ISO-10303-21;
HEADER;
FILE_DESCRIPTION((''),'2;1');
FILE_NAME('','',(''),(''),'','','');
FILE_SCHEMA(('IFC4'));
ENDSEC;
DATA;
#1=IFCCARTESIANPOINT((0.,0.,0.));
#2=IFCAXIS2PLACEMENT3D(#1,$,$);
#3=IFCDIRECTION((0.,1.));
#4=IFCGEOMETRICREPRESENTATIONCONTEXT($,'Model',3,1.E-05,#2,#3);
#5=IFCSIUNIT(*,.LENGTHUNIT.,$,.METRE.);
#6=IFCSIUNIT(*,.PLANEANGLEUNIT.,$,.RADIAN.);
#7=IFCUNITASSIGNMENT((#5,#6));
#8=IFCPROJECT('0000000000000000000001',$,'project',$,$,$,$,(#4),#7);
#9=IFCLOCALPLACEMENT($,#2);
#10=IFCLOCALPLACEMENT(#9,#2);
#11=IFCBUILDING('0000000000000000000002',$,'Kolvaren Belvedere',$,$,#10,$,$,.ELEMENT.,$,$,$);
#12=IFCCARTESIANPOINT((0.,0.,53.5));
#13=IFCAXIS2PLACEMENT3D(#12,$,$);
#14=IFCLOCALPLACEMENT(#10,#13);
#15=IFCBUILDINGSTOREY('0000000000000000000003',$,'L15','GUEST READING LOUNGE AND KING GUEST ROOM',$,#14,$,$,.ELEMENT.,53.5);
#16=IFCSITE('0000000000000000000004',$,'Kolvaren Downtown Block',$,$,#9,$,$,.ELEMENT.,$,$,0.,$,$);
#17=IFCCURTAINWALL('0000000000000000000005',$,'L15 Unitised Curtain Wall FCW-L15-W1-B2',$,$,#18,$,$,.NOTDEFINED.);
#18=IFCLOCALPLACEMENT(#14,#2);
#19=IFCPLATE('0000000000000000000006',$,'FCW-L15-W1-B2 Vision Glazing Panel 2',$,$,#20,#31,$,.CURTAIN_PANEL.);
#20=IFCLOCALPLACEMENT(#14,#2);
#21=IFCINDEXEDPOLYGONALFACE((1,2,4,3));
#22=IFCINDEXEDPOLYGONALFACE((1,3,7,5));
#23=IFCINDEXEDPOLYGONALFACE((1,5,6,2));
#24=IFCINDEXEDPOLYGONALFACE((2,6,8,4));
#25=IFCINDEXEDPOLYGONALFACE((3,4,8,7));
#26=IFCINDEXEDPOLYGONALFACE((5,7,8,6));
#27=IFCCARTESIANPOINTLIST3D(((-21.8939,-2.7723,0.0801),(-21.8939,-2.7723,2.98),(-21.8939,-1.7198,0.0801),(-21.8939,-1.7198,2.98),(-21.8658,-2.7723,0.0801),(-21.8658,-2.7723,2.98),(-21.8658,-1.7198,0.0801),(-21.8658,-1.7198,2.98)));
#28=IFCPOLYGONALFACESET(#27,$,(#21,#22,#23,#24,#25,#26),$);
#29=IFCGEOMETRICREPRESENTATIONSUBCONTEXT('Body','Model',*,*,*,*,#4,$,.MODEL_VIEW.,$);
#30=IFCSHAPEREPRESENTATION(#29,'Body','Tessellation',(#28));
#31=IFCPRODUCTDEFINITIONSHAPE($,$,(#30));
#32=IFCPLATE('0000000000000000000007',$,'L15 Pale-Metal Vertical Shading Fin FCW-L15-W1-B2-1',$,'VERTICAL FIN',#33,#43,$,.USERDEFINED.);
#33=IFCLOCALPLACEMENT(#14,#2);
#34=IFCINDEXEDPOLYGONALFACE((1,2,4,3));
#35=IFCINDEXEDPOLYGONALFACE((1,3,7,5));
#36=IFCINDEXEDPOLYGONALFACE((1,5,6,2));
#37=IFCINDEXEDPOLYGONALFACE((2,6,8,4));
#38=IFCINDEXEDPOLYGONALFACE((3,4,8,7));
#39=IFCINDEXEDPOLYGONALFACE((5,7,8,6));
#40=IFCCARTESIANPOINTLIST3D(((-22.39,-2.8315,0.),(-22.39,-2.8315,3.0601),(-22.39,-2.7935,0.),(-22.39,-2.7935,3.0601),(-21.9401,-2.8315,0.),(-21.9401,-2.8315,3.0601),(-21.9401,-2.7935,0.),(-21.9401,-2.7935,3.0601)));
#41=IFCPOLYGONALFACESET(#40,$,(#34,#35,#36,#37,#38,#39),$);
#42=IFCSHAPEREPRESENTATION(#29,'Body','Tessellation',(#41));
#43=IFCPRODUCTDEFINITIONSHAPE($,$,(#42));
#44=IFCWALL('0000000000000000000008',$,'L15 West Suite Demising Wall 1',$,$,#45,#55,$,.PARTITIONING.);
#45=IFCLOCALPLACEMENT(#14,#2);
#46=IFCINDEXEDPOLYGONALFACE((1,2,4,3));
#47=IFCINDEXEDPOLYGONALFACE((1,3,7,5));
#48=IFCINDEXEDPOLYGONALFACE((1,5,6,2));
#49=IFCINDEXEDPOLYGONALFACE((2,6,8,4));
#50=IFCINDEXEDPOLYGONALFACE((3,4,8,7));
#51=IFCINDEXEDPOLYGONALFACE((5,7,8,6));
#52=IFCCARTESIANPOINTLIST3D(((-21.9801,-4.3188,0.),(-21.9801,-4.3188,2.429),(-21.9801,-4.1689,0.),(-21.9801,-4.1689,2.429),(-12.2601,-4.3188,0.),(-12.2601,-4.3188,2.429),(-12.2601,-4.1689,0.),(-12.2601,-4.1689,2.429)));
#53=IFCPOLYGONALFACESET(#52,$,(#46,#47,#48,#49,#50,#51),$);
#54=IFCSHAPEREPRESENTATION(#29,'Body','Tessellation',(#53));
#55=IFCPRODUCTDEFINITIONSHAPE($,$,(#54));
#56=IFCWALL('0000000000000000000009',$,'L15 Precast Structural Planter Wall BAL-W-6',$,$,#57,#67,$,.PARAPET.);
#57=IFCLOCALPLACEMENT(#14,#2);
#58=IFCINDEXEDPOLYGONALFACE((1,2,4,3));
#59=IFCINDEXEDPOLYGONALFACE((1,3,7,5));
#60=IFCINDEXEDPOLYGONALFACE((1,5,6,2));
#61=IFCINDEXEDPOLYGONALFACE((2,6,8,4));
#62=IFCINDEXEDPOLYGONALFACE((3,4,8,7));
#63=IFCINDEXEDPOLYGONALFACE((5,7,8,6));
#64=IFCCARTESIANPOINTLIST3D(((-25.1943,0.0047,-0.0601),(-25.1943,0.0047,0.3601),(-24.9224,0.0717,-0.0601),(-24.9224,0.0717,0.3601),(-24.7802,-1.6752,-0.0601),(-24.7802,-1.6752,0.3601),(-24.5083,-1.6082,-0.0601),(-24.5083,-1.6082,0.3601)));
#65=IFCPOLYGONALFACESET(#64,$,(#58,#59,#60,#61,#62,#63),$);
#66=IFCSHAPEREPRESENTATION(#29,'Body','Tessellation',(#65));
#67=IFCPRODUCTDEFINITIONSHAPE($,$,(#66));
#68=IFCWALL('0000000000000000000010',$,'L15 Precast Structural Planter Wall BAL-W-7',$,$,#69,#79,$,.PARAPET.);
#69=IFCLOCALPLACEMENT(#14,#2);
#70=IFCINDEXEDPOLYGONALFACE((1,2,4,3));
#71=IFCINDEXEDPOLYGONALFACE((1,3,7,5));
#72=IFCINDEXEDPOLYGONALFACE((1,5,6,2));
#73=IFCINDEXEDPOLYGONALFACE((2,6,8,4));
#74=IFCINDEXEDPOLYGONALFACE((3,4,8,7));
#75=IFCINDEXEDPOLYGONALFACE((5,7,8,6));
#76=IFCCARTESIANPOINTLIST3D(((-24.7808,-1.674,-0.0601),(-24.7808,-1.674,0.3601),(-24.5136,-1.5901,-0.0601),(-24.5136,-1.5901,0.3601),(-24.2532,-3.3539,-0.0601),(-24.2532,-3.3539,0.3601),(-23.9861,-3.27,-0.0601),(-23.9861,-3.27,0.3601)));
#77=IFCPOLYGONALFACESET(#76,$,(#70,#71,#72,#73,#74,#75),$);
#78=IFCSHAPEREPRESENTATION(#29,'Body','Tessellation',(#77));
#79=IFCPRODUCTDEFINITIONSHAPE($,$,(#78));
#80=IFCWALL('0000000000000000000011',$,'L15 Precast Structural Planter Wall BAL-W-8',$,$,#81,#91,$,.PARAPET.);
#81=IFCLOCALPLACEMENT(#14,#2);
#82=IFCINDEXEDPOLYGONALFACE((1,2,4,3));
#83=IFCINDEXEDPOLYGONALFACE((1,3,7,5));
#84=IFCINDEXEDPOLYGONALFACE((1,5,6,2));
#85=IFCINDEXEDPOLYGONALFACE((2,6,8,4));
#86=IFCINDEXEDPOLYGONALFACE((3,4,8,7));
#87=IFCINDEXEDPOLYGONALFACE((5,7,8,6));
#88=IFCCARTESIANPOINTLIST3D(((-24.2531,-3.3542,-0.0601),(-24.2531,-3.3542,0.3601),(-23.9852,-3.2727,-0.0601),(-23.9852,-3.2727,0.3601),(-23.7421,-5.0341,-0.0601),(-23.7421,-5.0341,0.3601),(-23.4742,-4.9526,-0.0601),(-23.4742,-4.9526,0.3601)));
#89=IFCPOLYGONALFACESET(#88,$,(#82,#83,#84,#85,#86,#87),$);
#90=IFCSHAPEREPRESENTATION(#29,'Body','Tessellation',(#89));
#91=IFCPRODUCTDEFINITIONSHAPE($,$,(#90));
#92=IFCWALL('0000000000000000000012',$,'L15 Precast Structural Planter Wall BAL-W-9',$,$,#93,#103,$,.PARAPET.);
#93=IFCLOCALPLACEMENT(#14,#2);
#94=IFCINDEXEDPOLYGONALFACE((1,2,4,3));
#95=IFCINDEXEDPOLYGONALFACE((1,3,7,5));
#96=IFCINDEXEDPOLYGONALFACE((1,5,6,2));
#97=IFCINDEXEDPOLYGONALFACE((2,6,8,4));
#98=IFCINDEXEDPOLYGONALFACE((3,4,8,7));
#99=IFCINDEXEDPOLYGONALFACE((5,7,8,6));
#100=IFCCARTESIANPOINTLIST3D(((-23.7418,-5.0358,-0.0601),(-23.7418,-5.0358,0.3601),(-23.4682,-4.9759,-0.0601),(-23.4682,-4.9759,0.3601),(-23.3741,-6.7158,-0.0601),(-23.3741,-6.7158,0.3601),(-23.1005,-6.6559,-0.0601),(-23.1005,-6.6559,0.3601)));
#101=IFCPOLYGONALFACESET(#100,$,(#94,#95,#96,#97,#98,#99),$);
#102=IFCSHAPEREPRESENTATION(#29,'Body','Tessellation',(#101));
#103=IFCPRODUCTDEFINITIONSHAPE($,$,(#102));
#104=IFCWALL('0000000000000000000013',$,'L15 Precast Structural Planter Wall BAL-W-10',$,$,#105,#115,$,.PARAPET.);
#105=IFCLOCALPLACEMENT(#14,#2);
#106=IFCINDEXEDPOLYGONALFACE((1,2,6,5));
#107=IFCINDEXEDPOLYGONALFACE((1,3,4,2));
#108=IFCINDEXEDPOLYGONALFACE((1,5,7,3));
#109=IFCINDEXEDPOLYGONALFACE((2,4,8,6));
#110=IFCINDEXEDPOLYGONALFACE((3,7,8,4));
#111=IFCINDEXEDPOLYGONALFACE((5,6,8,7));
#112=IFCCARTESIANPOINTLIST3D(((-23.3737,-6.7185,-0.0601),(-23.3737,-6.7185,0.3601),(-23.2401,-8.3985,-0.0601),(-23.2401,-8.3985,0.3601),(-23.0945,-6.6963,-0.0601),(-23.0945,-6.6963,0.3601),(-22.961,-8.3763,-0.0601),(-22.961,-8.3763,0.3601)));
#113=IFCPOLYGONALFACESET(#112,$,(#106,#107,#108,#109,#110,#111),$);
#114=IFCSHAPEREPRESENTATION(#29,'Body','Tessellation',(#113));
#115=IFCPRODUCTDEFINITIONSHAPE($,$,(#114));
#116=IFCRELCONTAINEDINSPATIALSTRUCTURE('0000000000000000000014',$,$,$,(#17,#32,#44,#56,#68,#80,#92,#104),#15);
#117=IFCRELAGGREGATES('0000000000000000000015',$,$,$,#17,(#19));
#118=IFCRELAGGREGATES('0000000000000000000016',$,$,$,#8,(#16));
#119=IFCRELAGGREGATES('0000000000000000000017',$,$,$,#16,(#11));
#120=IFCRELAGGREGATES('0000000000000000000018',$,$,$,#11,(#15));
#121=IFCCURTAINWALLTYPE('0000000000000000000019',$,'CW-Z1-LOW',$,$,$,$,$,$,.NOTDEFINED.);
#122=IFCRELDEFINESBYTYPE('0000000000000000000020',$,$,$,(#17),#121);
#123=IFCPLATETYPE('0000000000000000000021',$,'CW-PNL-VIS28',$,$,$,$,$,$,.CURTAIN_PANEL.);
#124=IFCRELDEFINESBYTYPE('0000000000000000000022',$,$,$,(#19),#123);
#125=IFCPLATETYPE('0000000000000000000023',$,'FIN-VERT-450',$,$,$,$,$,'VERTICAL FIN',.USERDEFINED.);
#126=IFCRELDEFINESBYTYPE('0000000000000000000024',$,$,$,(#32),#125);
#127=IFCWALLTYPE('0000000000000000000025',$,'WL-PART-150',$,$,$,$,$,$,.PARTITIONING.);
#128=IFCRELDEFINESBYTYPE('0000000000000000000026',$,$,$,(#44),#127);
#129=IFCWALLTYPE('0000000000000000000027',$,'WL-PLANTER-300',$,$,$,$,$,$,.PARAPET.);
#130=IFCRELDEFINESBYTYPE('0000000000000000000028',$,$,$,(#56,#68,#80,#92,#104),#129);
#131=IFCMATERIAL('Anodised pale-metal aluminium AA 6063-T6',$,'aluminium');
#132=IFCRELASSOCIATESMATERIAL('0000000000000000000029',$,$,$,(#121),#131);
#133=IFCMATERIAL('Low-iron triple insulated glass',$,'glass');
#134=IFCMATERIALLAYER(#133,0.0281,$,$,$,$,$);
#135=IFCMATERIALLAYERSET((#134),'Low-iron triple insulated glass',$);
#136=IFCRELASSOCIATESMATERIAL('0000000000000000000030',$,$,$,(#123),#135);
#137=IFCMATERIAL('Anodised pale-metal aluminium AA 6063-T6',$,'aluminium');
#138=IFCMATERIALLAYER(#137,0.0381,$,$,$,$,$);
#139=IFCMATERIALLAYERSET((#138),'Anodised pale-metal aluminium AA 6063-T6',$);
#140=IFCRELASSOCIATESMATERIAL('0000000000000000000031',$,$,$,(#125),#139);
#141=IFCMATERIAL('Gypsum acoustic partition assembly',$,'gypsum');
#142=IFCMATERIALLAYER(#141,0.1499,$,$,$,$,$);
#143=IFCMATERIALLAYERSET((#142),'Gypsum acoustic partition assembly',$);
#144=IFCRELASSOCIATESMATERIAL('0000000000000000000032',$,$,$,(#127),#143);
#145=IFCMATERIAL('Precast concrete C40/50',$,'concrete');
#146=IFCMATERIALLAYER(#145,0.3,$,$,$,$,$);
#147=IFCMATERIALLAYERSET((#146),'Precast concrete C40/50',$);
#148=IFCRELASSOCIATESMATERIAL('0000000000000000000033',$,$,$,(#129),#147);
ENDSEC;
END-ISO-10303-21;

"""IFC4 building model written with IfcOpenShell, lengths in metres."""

from ifc_helpers import new_model, si_unit, direction, frame, frame_2d, origin, origin_2d, place, context, subcontext, project, spatial, rectangle, extrude, material, layer, layer_set, type_object, element, aggregate, save


model = new_model("IFC4")

# Units and contexts
model_context = context("Model", 3, precision=1e-05, world=origin(), true_north=direction((0.0, 1.0)))
body_context = subcontext(model_context, "Body", "Model", "MODEL_VIEW")
ifc_project = project(units=[si_unit("LENGTHUNIT", "METRE"), si_unit("PLANEANGLEUNIT", "RADIAN")], contexts=[model_context])

# Site, building, storey
site_placement = place(None, origin())
site = spatial("IfcSite", under=ifc_project, at=site_placement, Name="Kolvaren Downtown Block", CompositionType="ELEMENT", RefElevation=0.0)
building_placement = place(site_placement, origin())
building = spatial("IfcBuilding", under=site, at=building_placement, Name="Kolvaren Belvedere", CompositionType="ELEMENT")
storey_placement = place(building_placement, frame((0.0, 0.0, 53.5)))
storey = spatial("IfcBuildingStorey", under=building, at=storey_placement, Name="L15", Description="GUEST READING LOUNGE AND KING GUEST ROOM", CompositionType="ELEMENT", Elevation=53.5)

# Shared definitions
ifc_material_1 = material(Name="Anodised pale-metal aluminium AA 6063-T6", Category="aluminium")
curtain_wall_type = type_object("IfcCurtainWallType", Name="CW-Z1-LOW", PredefinedType="NOTDEFINED", material=ifc_material_1)

# Curtain wall
curtain_wall_1_placement = place(storey_placement, origin())
curtain_wall_1 = element("IfcCurtainWall", 1, at=curtain_wall_1_placement, inside=storey, type_object=curtain_wall_type, Name="L15 Unitised Curtain Wall FCW-L15-W1-B2", PredefinedType="NOTDEFINED")

# Plates
ifc_material_2 = material(Name="Low-iron triple insulated glass", Category="glass")
ifc_layer_1 = layer(ifc_material_2, 0.0281)
ifc_layer_set_1 = layer_set([ifc_layer_1], Name="Low-iron triple insulated glass")
plate_type_1 = type_object("IfcPlateType", Name="CW-PNL-VIS28", PredefinedType="CURTAIN_PANEL", material=ifc_layer_set_1)
plate_1_placement = place(storey_placement, frame((-21.8799, -2.2461, 0.0801), z_axis=(0.0, 0.0, 1.0), x_axis=(0.0, 1.0, 0.0)))
plate_1 = element("IfcPlate", 2, at=plate_1_placement, type_object=plate_type_1, Name="FCW-L15-W1-B2 Vision Glazing Panel 2", PredefinedType="CURTAIN_PANEL", context=body_context, shape_type="SweptSolid", body=[
    extrude(rectangle(XDim=1.0525, YDim=0.0281, at=origin_2d()), origin(), (0.0, 0.0, 1.0), 2.8999),
])
aggregate(curtain_wall_1, [plate_1])
ifc_material_3 = material(Name="Anodised pale-metal aluminium AA 6063-T6", Category="aluminium")
ifc_layer_2 = layer(ifc_material_3, 0.0381)
ifc_layer_set_2 = layer_set([ifc_layer_2], Name="Anodised pale-metal aluminium AA 6063-T6")
plate_type_2 = type_object("IfcPlateType", Name="FIN-VERT-450", ElementType="VERTICAL FIN", PredefinedType="USERDEFINED", material=ifc_layer_set_2)
plate_2_placement = place(storey_placement, frame((-22.165, -2.8125, 0.0), z_axis=(0.0, 0.0, 1.0), x_axis=(1.0, 0.0, 0.0)))
element("IfcPlate", 3, at=plate_2_placement, inside=storey, type_object=plate_type_2, Name="L15 Pale-Metal Vertical Shading Fin FCW-L15-W1-B2-1", ObjectType="VERTICAL FIN", PredefinedType="USERDEFINED", context=body_context, shape_type="SweptSolid", body=[
    extrude(rectangle(XDim=0.45, YDim=0.0381, at=origin_2d()), origin(), (0.0, 0.0, 1.0), 3.0601),
])

# Walls
ifc_material_4 = material(Name="Gypsum acoustic partition assembly", Category="gypsum")
ifc_layer_3 = layer(ifc_material_4, 0.1499)
ifc_layer_set_3 = layer_set([ifc_layer_3], Name="Gypsum acoustic partition assembly")
wall_type_1 = type_object("IfcWallType", Name="WL-PART-150", PredefinedType="PARTITIONING", material=ifc_layer_set_3)
wall_1_placement = place(storey_placement, frame((-21.98, -4.2439, 0.0), z_axis=(0.0, 0.0, 1.0), x_axis=(1.0, 0.0, 0.0)))
element("IfcWall", 4, at=wall_1_placement, inside=storey, type_object=wall_type_1, Name="L15 West Suite Demising Wall 1", PredefinedType="PARTITIONING", context=body_context, shape_type="SweptSolid", body=[
    extrude(rectangle(XDim=9.72, YDim=0.1499, at=frame_2d((4.8599, 0.0))), origin(), (0.0, 0.0, 1.0), 2.429),
])
ifc_material_5 = material(Name="Precast concrete C40/50", Category="concrete")
ifc_layer_4 = layer(ifc_material_5, 0.3)
ifc_layer_set_4 = layer_set([ifc_layer_4], Name="Precast concrete C40/50")
wall_type_2 = type_object("IfcWallType", Name="WL-PLANTER-300", PredefinedType="PARAPET", material=ifc_layer_set_4)
wall_2_placement = place(storey_placement, frame((-25.0583, 0.0383, -0.0601), z_axis=(0.0, 0.0, 1.0), x_axis=(0.239314, -0.970942, 0.0)))
element("IfcWall", 5, at=wall_2_placement, inside=storey, type_object=wall_type_2, Name="L15 Precast Structural Planter Wall BAL-W-6", PredefinedType="PARAPET", context=body_context, shape_type="SweptSolid", body=[
    extrude(rectangle(XDim=1.7302, YDim=0.28, at=frame_2d((0.8652, 0.0))), origin(), (0.0, 0.0, 1.0), 0.4202),
])
wall_3_placement = place(storey_placement, frame((-24.6472, -1.6321, -0.0601), z_axis=(0.0, 0.0, 1.0), x_axis=(0.299625, -0.954057, 0.0)))
element("IfcWall", 6, at=wall_3_placement, inside=storey, type_object=wall_type_2, Name="L15 Precast Structural Planter Wall BAL-W-7", PredefinedType="PARAPET", context=body_context, shape_type="SweptSolid", body=[
    extrude(rectangle(XDim=1.7607, YDim=0.28, at=frame_2d((0.8804, 0.0))), origin(), (0.0, 0.0, 1.0), 0.4202),
])
wall_4_placement = place(storey_placement, frame((-24.1191, -3.3135, -0.0601), z_axis=(0.0, 0.0, 1.0), x_axis=(0.291007, -0.956721, 0.0)))
element("IfcWall", 7, at=wall_4_placement, inside=storey, type_object=wall_type_2, Name="L15 Precast Structural Planter Wall BAL-W-8", PredefinedType="PARAPET", context=body_context, shape_type="SweptSolid", body=[
    extrude(rectangle(XDim=1.7559, YDim=0.28, at=frame_2d((0.8779, 0.0))), origin(), (0.0, 0.0, 1.0), 0.4202),
])
wall_5_placement = place(storey_placement, frame((-23.605, -5.0059, -0.0601), z_axis=(0.0, 0.0, 1.0), x_axis=(0.213803, -0.976877, 0.0)))
element("IfcWall", 8, at=wall_5_placement, inside=storey, type_object=wall_type_2, Name="L15 Precast Structural Planter Wall BAL-W-9", PredefinedType="PARAPET", context=body_context, shape_type="SweptSolid", body=[
    extrude(rectangle(XDim=1.7197, YDim=0.28, at=frame_2d((0.8599, 0.0))), origin(), (0.0, 0.0, 1.0), 0.4202),
])
wall_6_placement = place(storey_placement, frame((-23.2341, -6.7073, -0.0601), z_axis=(0.0, 0.0, 1.0), x_axis=(0.079244, -0.996855, 0.0)))
element("IfcWall", 9, at=wall_6_placement, inside=storey, type_object=wall_type_2, Name="L15 Precast Structural Planter Wall BAL-W-10", PredefinedType="PARAPET", context=body_context, shape_type="SweptSolid", body=[
    extrude(rectangle(XDim=1.6853, YDim=0.28, at=frame_2d((0.8428, 0.0))), origin(), (0.0, 0.0, 1.0), 0.4202),
])

save(model, "model.ifc")
